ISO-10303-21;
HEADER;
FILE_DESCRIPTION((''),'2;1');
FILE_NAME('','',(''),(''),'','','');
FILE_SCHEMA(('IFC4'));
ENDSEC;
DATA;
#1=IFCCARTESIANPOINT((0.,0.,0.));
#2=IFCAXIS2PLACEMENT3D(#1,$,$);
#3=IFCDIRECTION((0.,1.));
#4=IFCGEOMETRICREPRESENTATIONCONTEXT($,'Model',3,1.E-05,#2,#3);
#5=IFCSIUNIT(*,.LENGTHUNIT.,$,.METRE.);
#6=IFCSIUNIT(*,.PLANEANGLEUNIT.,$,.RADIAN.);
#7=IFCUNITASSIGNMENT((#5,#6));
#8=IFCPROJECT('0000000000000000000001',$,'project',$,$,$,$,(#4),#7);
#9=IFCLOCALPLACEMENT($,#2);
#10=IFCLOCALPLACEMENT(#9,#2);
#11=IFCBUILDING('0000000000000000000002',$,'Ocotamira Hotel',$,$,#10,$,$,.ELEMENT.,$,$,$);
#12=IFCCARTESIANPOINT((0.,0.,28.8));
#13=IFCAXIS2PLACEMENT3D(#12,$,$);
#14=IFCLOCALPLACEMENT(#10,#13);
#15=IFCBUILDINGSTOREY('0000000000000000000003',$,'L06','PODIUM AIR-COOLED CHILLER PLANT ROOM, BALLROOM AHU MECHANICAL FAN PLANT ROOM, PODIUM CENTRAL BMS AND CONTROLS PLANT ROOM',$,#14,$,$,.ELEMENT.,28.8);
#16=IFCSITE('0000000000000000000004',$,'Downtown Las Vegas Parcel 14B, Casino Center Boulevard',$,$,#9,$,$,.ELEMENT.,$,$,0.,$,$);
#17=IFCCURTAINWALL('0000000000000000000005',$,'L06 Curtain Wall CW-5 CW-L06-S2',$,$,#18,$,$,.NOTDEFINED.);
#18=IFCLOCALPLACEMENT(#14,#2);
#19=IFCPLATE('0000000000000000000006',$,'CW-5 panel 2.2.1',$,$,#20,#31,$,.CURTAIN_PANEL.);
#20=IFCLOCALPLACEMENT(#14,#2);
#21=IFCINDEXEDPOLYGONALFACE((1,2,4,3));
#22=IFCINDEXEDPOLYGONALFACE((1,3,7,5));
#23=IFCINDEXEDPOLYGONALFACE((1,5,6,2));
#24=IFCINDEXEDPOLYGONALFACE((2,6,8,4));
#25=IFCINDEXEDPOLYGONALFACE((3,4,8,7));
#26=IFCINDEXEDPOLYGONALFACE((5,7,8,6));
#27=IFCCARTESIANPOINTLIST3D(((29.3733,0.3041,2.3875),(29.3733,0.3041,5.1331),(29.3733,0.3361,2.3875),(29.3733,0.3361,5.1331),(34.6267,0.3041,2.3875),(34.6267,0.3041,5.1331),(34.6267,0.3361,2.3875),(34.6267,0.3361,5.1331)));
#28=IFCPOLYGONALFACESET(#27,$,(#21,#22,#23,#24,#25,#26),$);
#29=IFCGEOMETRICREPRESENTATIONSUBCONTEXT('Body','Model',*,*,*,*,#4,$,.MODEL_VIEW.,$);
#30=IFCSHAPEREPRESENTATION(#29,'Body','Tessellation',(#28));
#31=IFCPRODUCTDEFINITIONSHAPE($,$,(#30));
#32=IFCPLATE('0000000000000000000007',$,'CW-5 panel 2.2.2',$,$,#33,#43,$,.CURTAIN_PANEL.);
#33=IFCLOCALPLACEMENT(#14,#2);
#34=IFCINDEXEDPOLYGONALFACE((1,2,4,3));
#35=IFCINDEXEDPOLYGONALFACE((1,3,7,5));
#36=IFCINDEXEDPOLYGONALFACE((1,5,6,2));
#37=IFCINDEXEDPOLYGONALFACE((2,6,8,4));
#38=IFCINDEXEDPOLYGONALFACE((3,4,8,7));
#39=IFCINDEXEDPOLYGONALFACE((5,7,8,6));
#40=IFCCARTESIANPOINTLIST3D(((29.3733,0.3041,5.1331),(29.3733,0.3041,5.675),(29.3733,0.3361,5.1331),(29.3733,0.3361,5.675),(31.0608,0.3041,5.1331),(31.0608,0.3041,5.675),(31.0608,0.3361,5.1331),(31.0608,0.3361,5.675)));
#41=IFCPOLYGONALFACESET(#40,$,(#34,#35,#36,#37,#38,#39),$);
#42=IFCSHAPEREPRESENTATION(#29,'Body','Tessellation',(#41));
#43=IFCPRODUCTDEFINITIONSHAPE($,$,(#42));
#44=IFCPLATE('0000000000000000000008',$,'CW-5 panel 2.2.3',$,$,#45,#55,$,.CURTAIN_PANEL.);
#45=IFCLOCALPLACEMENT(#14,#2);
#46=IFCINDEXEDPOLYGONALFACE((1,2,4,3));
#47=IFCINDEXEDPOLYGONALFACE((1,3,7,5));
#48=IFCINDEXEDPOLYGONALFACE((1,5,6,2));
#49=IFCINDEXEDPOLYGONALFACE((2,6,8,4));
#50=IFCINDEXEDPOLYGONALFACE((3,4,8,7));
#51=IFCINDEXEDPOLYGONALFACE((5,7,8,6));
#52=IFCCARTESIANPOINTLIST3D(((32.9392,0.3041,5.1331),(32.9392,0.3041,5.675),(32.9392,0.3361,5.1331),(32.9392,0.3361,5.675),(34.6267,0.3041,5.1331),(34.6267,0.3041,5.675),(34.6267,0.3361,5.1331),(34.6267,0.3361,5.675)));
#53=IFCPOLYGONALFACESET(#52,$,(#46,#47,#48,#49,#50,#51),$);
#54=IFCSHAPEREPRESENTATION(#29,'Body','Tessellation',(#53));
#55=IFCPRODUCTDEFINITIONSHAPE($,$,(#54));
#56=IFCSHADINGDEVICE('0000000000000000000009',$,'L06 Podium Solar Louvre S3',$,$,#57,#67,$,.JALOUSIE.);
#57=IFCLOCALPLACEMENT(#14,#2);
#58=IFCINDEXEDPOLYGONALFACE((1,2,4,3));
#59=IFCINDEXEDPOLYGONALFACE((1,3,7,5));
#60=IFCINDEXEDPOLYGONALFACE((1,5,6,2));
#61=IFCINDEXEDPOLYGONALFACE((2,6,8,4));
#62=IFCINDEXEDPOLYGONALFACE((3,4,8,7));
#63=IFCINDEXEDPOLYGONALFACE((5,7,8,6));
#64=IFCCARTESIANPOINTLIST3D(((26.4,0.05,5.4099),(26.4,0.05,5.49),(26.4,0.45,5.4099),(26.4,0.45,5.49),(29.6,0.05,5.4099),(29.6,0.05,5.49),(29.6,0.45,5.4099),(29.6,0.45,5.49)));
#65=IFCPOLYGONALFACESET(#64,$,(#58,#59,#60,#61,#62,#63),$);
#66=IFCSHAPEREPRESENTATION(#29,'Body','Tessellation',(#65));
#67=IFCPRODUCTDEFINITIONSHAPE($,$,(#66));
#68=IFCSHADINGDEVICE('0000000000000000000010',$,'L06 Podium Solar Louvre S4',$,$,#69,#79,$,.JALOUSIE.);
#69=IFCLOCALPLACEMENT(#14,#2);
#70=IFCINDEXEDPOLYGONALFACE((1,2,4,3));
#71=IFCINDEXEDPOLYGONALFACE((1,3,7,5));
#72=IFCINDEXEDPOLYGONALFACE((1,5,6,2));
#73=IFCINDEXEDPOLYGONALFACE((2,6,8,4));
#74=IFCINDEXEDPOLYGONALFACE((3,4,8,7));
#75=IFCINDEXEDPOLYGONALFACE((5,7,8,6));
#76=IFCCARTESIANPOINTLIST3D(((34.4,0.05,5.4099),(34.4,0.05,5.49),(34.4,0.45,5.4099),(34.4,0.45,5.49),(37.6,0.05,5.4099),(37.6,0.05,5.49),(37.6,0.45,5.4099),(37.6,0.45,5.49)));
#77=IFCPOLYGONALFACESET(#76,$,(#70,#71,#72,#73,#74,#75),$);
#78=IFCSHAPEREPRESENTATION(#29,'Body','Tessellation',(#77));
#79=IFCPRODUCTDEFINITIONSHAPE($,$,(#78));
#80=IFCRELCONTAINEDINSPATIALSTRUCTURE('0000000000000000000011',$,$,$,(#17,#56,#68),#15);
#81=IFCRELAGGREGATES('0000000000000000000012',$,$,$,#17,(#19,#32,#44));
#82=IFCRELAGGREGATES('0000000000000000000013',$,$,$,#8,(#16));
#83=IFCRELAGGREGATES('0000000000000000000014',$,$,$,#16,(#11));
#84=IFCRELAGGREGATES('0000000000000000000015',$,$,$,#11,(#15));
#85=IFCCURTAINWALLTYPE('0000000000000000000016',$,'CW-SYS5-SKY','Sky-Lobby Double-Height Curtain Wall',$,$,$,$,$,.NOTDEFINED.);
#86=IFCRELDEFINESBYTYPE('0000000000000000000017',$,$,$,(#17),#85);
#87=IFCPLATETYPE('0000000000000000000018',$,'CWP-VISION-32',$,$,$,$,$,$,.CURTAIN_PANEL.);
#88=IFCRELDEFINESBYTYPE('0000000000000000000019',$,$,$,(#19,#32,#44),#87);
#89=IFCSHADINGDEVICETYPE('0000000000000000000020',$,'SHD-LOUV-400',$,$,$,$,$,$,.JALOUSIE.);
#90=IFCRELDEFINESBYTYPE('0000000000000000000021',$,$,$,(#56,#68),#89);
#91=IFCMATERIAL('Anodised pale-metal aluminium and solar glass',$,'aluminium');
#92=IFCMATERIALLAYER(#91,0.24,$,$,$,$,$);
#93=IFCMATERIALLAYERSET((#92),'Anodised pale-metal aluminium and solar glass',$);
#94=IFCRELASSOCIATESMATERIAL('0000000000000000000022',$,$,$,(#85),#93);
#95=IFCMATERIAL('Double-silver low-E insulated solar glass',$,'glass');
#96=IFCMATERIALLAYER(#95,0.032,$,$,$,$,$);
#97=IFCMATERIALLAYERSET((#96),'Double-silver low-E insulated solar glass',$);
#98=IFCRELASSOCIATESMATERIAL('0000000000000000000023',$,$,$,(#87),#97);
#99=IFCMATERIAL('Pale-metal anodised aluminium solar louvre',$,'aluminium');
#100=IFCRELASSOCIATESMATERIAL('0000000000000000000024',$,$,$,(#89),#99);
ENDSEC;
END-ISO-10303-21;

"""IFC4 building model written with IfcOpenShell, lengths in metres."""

from ifc_helpers import new_model, si_unit, direction, frame, origin, origin_2d, place, context, subcontext, project, spatial, rectangle, extrude, source, transform, mapped, material, layer, layer_set, type_object, element, aggregate, save


model = new_model("IFC4")

# Units and contexts
model_context = context("Model", 3, precision=1e-05, world=origin(), true_north=direction((0.0, 1.0)))
body_context = subcontext(model_context, "Body", "Model", "MODEL_VIEW")
ifc_project = project(units=[si_unit("LENGTHUNIT", "METRE"), si_unit("PLANEANGLEUNIT", "RADIAN")], contexts=[model_context])

# Site, building, storey
site_placement = place(None, origin())
site = spatial("IfcSite", under=ifc_project, at=site_placement, Name="Downtown Las Vegas Parcel 14B, Casino Center Boulevard", CompositionType="ELEMENT", RefElevation=0.0)
building_placement = place(site_placement, origin())
building = spatial("IfcBuilding", under=site, at=building_placement, Name="Ocotamira Hotel", CompositionType="ELEMENT")
storey_placement = place(building_placement, frame((0.0, 0.0, 28.8)))
storey = spatial("IfcBuildingStorey", under=building, at=storey_placement, Name="L06", Description="PODIUM AIR-COOLED CHILLER PLANT ROOM, BALLROOM AHU MECHANICAL FAN PLANT ROOM, PODIUM CENTRAL BMS AND CONTROLS PLANT ROOM", CompositionType="ELEMENT", Elevation=28.8)

# Curtain wall
ifc_material_1 = material(Name="Anodised pale-metal aluminium and solar glass", Category="aluminium")
ifc_layer_1 = layer(ifc_material_1, 0.24)
ifc_layer_set_1 = layer_set([ifc_layer_1], Name="Anodised pale-metal aluminium and solar glass")
curtain_wall_type = type_object("IfcCurtainWallType", Name="CW-SYS5-SKY", Description="Sky-Lobby Double-Height Curtain Wall", PredefinedType="NOTDEFINED", material=ifc_layer_set_1)
curtain_wall_1_placement = place(storey_placement, origin())
curtain_wall_1 = element("IfcCurtainWall", 1, at=curtain_wall_1_placement, inside=storey, type_object=curtain_wall_type, Name="L06 Curtain Wall CW-5 CW-L06-S2", PredefinedType="NOTDEFINED")

# Plates
ifc_material_2 = material(Name="Double-silver low-E insulated solar glass", Category="glass")
ifc_layer_2 = layer(ifc_material_2, 0.032)
ifc_layer_set_2 = layer_set([ifc_layer_2], Name="Double-silver low-E insulated solar glass")
plate_type_1 = type_object("IfcPlateType", Name="CWP-VISION-32", PredefinedType="CURTAIN_PANEL", material=ifc_layer_set_2)
shared_shape_1 = source(origin(), body_context, "Body", "SweptSolid", [
    extrude(rectangle(XDim=5.2534, YDim=0.032, at=origin_2d()), origin(), (0.0, 0.0, 1.0), 2.7456),
])
plate_1_placement = place(storey_placement, frame((32.0, 0.3201, 2.3875), z_axis=(0.0, 0.0, 1.0), x_axis=(1.0, 0.0, 0.0)))
plate_1 = element("IfcPlate", 2, at=plate_1_placement, type_object=plate_type_1, Name="CW-5 panel 2.2.1", PredefinedType="CURTAIN_PANEL", context=body_context, shape_type="MappedRepresentation", body=[
    mapped(shared_shape_1, transform((0.0, 0.0, 0.0), scale=1.0)),
])
shared_shape_2 = source(origin(), body_context, "Body", "SweptSolid", [
    extrude(rectangle(XDim=1.6875, YDim=0.032, at=origin_2d()), origin(), (0.0, 0.0, 1.0), 0.542),
])
plate_2_placement = place(storey_placement, frame((30.217, 0.3201, 5.1331), z_axis=(0.0, 0.0, 1.0), x_axis=(1.0, 0.0, 0.0)))
plate_2 = element("IfcPlate", 3, at=plate_2_placement, type_object=plate_type_1, Name="CW-5 panel 2.2.2", PredefinedType="CURTAIN_PANEL", context=body_context, shape_type="MappedRepresentation", body=[
    mapped(shared_shape_2, transform((0.0, 0.0, 0.0), scale=1.0)),
])
plate_3_placement = place(storey_placement, frame((33.783, 0.3201, 5.1331), z_axis=(0.0, 0.0, 1.0), x_axis=(1.0, 0.0, 0.0)))
plate_3 = element("IfcPlate", 4, at=plate_3_placement, type_object=plate_type_1, Name="CW-5 panel 2.2.3", PredefinedType="CURTAIN_PANEL", context=body_context, shape_type="MappedRepresentation", body=[
    mapped(shared_shape_2, transform((0.0, 0.0, 0.0), scale=1.0)),
])
aggregate(curtain_wall_1, [plate_1, plate_2, plate_3])

# Shading devices
ifc_material_3 = material(Name="Pale-metal anodised aluminium solar louvre", Category="aluminium")
shading_device_type = type_object("IfcShadingDeviceType", Name="SHD-LOUV-400", PredefinedType="JALOUSIE", material=ifc_material_3)
shared_shape_3 = source(origin(), body_context, "Body", "SweptSolid", [
    extrude(rectangle(XDim=3.2, YDim=0.3999, at=origin_2d()), origin(), (0.0, 0.0, 1.0), 0.0801),
])
for number, where, z_axis, x_axis, name in (
    (5, (28.0, 0.25, 5.4099), (0.0, 0.0, 1.0), (1.0, 0.0, 0.0), "L06 Podium Solar Louvre S3"),
    (6, (36.0, 0.25, 5.4099), (0.0, 0.0, 1.0), (1.0, 0.0, 0.0), "L06 Podium Solar Louvre S4"),
):
    element("IfcShadingDevice", number, at=place(storey_placement, frame(where, z_axis=z_axis, x_axis=x_axis)), inside=storey, type_object=shading_device_type, Name=name, PredefinedType="JALOUSIE", context=body_context, shape_type="MappedRepresentation", body=[
        mapped(shared_shape_3, transform((0.0, 0.0, 0.0), scale=1.0)),
    ])

save(model, "model.ifc")
